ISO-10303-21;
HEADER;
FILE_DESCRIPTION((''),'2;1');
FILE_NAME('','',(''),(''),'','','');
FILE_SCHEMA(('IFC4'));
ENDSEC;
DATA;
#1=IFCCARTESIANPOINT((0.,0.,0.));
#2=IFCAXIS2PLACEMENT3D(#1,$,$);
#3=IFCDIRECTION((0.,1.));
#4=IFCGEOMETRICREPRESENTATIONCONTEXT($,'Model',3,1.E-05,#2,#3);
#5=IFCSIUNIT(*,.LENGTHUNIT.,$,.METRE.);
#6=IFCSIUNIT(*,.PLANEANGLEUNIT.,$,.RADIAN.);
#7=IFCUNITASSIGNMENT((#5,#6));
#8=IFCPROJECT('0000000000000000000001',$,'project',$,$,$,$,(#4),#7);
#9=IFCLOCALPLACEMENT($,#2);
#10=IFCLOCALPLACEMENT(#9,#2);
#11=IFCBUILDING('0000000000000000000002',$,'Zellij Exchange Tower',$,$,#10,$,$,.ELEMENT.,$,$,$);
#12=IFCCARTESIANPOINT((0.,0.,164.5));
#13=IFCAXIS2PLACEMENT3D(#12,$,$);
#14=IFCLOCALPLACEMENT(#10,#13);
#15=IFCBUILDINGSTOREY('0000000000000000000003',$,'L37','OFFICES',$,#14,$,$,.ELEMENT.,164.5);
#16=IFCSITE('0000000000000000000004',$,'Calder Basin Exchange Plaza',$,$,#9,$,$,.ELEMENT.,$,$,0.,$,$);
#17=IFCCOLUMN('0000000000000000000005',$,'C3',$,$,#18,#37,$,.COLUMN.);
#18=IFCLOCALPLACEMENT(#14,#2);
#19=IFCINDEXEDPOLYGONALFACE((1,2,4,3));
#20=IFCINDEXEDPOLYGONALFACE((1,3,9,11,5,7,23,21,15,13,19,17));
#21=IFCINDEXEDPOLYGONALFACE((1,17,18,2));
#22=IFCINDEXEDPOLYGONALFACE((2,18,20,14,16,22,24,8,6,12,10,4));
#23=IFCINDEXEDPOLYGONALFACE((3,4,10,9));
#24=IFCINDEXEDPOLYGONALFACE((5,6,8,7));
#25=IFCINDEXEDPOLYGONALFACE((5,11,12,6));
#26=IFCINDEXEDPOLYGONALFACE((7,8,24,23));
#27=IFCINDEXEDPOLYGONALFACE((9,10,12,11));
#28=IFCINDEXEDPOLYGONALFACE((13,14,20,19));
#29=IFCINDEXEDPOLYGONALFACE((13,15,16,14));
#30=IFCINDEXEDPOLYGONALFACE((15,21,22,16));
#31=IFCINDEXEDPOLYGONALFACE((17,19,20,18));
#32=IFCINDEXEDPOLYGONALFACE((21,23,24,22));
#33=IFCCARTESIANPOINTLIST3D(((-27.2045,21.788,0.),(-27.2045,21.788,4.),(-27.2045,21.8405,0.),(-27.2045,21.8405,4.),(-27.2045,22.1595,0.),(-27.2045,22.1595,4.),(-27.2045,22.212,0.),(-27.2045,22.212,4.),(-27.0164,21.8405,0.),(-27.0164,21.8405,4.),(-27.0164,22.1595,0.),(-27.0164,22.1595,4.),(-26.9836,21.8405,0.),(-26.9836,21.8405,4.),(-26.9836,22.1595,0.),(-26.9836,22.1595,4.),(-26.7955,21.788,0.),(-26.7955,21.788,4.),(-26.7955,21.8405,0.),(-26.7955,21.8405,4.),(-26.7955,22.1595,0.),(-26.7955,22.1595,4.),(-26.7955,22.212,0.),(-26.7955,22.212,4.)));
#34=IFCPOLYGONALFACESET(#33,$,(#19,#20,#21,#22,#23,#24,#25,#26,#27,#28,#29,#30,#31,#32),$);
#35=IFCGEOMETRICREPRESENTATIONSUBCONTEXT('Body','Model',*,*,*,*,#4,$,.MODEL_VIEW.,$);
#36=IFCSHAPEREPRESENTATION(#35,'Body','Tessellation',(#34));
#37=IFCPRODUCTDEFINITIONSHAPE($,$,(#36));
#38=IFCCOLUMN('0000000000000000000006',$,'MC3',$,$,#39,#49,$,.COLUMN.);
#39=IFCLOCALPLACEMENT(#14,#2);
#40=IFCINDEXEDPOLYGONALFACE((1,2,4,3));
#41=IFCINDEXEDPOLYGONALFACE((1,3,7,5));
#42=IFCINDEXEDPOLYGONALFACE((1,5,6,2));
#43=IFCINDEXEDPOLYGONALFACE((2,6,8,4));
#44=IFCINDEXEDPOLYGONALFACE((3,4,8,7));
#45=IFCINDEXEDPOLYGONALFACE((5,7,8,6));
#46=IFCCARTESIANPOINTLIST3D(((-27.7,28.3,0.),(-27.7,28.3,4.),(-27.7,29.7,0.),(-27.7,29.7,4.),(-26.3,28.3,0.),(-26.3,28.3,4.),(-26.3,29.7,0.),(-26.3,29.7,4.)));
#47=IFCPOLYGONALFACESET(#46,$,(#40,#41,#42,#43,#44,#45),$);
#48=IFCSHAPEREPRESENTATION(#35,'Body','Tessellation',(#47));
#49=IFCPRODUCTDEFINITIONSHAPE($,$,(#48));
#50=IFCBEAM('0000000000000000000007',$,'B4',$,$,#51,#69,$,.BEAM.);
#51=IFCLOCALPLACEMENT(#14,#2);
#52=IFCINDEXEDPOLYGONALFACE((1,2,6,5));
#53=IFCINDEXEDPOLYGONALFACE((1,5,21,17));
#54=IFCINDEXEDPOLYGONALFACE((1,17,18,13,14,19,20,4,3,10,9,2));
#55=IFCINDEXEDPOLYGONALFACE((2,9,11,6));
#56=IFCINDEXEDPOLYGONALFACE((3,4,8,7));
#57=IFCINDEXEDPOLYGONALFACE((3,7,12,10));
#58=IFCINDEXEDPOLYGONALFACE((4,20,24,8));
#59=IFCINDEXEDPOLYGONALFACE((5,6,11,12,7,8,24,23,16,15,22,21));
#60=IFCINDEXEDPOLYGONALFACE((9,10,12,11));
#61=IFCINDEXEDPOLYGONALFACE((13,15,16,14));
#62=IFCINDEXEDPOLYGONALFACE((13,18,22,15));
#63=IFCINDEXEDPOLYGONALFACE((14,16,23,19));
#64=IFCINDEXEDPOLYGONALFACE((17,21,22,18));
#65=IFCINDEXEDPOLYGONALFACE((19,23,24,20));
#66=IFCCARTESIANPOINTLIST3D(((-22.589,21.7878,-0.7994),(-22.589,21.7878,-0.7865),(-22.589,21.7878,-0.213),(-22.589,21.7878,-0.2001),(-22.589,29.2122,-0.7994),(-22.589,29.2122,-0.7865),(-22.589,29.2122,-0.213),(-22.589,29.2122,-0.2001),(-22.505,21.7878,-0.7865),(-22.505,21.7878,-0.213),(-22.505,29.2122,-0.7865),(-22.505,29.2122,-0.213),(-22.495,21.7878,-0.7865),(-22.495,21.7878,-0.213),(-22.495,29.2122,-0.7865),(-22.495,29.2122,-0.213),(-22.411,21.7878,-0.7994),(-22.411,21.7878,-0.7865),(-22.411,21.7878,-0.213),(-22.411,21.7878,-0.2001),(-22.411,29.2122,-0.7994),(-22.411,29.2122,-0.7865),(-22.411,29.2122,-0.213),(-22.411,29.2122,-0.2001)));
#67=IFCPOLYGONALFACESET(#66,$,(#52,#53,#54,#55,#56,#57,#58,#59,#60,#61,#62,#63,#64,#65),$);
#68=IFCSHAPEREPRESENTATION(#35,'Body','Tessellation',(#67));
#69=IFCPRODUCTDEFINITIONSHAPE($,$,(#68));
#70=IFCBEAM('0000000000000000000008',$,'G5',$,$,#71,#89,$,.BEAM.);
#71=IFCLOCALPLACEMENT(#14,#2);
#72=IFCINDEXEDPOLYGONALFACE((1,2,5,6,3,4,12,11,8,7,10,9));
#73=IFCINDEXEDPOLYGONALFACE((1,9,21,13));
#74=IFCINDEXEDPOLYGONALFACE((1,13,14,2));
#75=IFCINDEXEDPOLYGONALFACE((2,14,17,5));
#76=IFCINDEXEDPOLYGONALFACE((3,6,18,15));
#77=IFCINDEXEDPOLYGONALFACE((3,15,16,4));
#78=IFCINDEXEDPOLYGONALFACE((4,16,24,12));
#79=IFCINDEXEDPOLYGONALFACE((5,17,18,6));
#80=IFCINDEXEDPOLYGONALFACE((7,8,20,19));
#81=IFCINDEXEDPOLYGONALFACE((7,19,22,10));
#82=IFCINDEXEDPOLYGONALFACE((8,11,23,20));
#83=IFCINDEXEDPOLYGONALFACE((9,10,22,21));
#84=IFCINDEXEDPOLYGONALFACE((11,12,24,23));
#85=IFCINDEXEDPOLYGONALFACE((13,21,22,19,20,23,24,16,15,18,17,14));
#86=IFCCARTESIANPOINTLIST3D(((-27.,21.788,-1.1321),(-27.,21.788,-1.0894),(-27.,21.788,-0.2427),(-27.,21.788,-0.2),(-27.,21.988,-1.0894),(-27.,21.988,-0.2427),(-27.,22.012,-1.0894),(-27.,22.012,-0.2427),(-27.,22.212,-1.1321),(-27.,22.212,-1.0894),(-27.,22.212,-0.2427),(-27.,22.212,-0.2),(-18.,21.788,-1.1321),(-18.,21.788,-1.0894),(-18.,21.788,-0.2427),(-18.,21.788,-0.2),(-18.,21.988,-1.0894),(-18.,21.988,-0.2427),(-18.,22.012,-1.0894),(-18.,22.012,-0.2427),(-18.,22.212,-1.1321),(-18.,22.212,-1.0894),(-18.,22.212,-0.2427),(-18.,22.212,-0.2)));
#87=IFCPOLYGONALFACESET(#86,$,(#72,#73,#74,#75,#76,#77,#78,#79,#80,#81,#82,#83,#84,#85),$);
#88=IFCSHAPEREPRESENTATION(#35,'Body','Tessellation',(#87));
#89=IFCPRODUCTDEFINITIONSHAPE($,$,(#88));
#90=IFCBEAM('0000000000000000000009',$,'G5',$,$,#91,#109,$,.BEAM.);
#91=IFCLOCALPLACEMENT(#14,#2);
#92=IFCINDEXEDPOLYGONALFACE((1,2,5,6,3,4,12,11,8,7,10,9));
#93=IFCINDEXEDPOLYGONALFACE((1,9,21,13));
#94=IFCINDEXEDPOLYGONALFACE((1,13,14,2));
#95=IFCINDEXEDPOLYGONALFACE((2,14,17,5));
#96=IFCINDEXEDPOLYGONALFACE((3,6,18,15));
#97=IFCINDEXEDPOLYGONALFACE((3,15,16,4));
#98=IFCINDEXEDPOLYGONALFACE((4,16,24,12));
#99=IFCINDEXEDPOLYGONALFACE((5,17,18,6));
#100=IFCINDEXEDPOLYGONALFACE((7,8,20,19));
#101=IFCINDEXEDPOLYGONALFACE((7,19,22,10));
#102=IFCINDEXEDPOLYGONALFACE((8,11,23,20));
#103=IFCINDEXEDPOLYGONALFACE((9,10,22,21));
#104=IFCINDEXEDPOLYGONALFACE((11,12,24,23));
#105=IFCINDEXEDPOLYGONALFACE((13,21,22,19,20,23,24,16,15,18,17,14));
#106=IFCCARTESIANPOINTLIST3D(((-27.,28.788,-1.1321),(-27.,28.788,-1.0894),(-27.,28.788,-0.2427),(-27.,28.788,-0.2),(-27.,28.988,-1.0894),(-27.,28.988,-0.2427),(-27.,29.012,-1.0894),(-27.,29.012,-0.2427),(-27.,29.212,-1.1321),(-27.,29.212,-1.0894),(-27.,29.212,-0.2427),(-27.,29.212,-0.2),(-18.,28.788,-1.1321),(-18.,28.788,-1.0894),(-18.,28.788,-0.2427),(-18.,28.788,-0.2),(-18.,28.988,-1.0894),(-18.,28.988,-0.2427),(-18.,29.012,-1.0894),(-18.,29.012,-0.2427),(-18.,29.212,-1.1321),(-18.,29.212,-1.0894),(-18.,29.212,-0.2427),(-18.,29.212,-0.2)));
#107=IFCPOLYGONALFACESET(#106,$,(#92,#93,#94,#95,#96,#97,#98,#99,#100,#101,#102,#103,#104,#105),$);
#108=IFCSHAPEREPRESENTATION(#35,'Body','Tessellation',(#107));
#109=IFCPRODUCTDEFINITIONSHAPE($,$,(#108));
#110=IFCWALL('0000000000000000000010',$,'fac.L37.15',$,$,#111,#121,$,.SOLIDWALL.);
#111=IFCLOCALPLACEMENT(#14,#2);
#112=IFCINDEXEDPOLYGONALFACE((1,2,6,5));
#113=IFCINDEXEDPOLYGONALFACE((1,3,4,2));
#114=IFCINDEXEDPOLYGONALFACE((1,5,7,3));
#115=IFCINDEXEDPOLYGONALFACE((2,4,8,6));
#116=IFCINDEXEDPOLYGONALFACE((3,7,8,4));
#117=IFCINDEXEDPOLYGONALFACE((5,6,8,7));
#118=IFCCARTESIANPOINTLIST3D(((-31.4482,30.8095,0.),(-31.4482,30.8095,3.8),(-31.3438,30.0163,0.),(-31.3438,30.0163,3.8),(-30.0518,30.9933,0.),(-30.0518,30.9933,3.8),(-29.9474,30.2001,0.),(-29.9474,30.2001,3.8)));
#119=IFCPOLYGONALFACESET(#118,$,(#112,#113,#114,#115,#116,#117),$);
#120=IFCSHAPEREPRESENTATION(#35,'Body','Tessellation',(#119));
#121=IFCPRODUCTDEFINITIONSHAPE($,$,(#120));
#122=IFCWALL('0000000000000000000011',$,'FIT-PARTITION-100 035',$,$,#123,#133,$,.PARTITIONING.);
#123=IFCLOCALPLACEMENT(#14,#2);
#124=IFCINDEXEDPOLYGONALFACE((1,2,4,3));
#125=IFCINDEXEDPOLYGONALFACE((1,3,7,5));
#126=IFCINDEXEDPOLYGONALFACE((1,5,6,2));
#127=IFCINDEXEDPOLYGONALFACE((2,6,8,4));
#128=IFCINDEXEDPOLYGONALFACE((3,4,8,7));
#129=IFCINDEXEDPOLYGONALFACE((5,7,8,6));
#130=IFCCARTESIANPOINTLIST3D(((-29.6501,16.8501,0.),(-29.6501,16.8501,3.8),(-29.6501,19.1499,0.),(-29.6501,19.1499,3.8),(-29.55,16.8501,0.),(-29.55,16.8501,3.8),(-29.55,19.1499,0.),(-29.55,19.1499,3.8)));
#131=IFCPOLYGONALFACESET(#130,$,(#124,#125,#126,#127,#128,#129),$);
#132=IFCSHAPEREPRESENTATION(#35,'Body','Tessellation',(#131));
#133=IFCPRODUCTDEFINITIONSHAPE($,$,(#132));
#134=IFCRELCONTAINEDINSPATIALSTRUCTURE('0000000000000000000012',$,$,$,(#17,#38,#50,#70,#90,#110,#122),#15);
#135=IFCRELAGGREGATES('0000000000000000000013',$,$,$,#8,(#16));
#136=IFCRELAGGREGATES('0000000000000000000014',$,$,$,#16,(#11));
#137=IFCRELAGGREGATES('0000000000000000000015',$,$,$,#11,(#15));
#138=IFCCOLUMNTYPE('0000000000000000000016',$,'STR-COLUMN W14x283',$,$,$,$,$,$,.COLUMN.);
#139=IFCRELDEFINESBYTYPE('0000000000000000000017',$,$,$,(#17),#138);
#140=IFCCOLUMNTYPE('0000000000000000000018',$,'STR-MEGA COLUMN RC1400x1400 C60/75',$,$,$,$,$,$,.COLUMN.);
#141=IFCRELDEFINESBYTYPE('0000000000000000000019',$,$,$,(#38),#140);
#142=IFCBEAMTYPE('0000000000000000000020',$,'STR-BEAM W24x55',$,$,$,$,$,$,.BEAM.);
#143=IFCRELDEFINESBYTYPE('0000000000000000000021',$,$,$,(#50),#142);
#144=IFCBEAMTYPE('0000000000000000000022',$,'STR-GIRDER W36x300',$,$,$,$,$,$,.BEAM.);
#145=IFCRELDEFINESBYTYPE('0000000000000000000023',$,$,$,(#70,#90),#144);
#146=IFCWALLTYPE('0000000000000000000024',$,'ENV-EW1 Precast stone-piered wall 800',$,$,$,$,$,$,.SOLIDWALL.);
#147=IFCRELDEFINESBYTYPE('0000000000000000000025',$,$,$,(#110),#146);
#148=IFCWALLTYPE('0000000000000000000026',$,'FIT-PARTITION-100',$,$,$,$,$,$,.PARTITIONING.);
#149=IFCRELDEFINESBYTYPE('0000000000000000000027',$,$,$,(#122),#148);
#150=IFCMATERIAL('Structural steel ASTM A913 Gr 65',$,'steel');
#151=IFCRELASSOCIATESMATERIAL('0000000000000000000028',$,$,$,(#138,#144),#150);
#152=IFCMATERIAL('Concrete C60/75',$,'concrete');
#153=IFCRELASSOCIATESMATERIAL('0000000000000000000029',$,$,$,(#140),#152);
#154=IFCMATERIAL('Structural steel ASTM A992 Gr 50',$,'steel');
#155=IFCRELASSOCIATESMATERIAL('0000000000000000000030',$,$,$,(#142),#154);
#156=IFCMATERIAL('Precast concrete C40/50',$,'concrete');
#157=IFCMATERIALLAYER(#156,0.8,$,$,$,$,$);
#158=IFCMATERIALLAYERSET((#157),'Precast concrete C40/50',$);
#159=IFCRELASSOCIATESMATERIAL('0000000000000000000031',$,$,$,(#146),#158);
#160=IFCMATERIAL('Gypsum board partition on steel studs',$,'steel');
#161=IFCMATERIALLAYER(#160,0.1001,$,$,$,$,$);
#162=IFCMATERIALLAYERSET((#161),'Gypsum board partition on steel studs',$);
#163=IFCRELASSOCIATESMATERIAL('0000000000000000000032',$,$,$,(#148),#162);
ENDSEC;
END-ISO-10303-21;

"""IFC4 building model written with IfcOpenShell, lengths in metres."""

from ifc_helpers import new_model, si_unit, direction, frame, frame_2d, origin, origin_2d, place, context, subcontext, project, spatial, rectangle, i_section, extrude, material, layer, layer_set, material_profile, profile_set, type_object, element, save


model = new_model("IFC4")

# Units and contexts
model_context = context("Model", 3, precision=1e-05, world=origin(), true_north=direction((0.0, 1.0)))
body_context = subcontext(model_context, "Body", "Model", "MODEL_VIEW")
ifc_project = project(units=[si_unit("LENGTHUNIT", "METRE"), si_unit("PLANEANGLEUNIT", "RADIAN")], contexts=[model_context])

# Site, building, storey
site_placement = place(None, origin())
site = spatial("IfcSite", under=ifc_project, at=site_placement, Name="Calder Basin Exchange Plaza", CompositionType="ELEMENT", RefElevation=0.0)
building_placement = place(site_placement, origin())
building = spatial("IfcBuilding", under=site, at=building_placement, Name="Zellij Exchange Tower", CompositionType="ELEMENT")
storey_placement = place(building_placement, frame((0.0, 0.0, 164.5)))
storey = spatial("IfcBuildingStorey", under=building, at=storey_placement, Name="L37", Description="OFFICES", CompositionType="ELEMENT", Elevation=164.5)

# Columns
ifc_material_1 = material(Name="Structural steel ASTM A913 Gr 65", Category="steel")
ifc_material_profile_1 = material_profile(ifc_material_1, i_section(OverallWidth=0.4089, OverallDepth=0.4241, WebThickness=0.0327, FlangeThickness=0.0525, at=origin_2d()), Name="W14x283")
ifc_profile_set_1 = profile_set([ifc_material_profile_1], Name="Structural steel ASTM A913 Gr 65")
column_type_1 = type_object("IfcColumnType", Name="STR-COLUMN W14x283", PredefinedType="COLUMN", material=ifc_profile_set_1)
column_1_placement = place(storey_placement, frame((-27.0, 22.0, 0.0), z_axis=(0.0, 0.0, 1.0), x_axis=(1.0, 0.0, 0.0)))
element("IfcColumn", 1, at=column_1_placement, inside=storey, type_object=column_type_1, Name="C3", PredefinedType="COLUMN", context=body_context, shape_type="SweptSolid", body=[
    extrude(i_section(OverallWidth=0.4089, OverallDepth=0.4241, WebThickness=0.0327, FlangeThickness=0.0525, at=origin_2d()), origin(), (0.0, 0.0, 1.0), 4.0),
])
ifc_material_2 = material(Name="Concrete C60/75", Category="concrete")
ifc_material_profile_2 = material_profile(ifc_material_2, rectangle(XDim=1.3999, YDim=1.3999, at=origin_2d()), Name="STR-MEGA COLUMN RC1400x1400 C60/75")
ifc_profile_set_2 = profile_set([ifc_material_profile_2], Name="Concrete C60/75")
column_type_2 = type_object("IfcColumnType", Name="STR-MEGA COLUMN RC1400x1400 C60/75", PredefinedType="COLUMN", material=ifc_profile_set_2)
column_2_placement = place(storey_placement, frame((-27.0, 29.0, 0.0), z_axis=(0.0, 0.0, 1.0), x_axis=(1.0, 0.0, 0.0)))
element("IfcColumn", 2, at=column_2_placement, inside=storey, type_object=column_type_2, Name="MC3", PredefinedType="COLUMN", context=body_context, shape_type="SweptSolid", body=[
    extrude(rectangle(XDim=1.3999, YDim=1.3999, at=origin_2d()), origin(), (0.0, 0.0, 1.0), 4.0),
])

# Beams
ifc_material_3 = material(Name="Structural steel ASTM A992 Gr 50", Category="steel")
ifc_material_profile_3 = material_profile(ifc_material_3, i_section(OverallWidth=0.178, OverallDepth=0.5994, WebThickness=0.01, FlangeThickness=0.0129, at=origin_2d()), Name="W24x55")
ifc_profile_set_3 = profile_set([ifc_material_profile_3], Name="Structural steel ASTM A992 Gr 50")
beam_type_1 = type_object("IfcBeamType", Name="STR-BEAM W24x55", PredefinedType="BEAM", material=ifc_profile_set_3)
beam_placement = place(storey_placement, frame((-22.5, 21.7878, -0.4998), z_axis=(0.0, 1.0, 0.0), x_axis=(-1.0, 0.0, 0.0)))
element("IfcBeam", 3, at=beam_placement, inside=storey, type_object=beam_type_1, Name="B4", PredefinedType="BEAM", context=body_context, shape_type="SweptSolid", body=[
    extrude(i_section(OverallWidth=0.178, OverallDepth=0.5994, WebThickness=0.01, FlangeThickness=0.0129, at=origin_2d()), origin(), (0.0, 0.0, 1.0), 7.4243),
])
ifc_material_profile_4 = material_profile(ifc_material_1, i_section(OverallWidth=0.4241, OverallDepth=0.9321, WebThickness=0.0239, FlangeThickness=0.0427, at=origin_2d()), Name="W36x300")
ifc_profile_set_4 = profile_set([ifc_material_profile_4], Name="Structural steel ASTM A913 Gr 65")
beam_type_2 = type_object("IfcBeamType", Name="STR-GIRDER W36x300", PredefinedType="BEAM", material=ifc_profile_set_4)
for number, where, z_axis, x_axis, name in (
    (4, (-27.0, 22.0, -0.666), (1.0, 0.0, 0.0), (0.0, 1.0, 0.0), "G5"),
    (5, (-27.0, 29.0, -0.666), (1.0, 0.0, 0.0), (0.0, 1.0, 0.0), "G5"),
):
    element("IfcBeam", number, at=place(storey_placement, frame(where, z_axis=z_axis, x_axis=x_axis)), inside=storey, type_object=beam_type_2, Name=name, PredefinedType="BEAM", context=body_context, shape_type="SweptSolid", body=[
        extrude(i_section(OverallWidth=0.4241, OverallDepth=0.9321, WebThickness=0.0239, FlangeThickness=0.0427, at=origin_2d()), origin(), (0.0, 0.0, 1.0), 9.0),
    ])

# Walls
ifc_material_4 = material(Name="Precast concrete C40/50", Category="concrete")
ifc_layer_1 = layer(ifc_material_4, 0.8)
ifc_layer_set_1 = layer_set([ifc_layer_1], Name="Precast concrete C40/50")
wall_type_1 = type_object("IfcWallType", Name="ENV-EW1 Precast stone-piered wall 800", PredefinedType="SOLIDWALL", material=ifc_layer_set_1)
wall_1_placement = place(storey_placement, frame((-29.9998, 30.5967, 0.0), z_axis=(0.0, 0.0, 1.0), x_axis=(-0.991446, -0.130517, 0.0)))
element("IfcWall", 6, at=wall_1_placement, inside=storey, type_object=wall_type_1, Name="fac.L37.15", PredefinedType="SOLIDWALL", context=body_context, shape_type="SweptSolid", body=[
    extrude(rectangle(XDim=1.4084, YDim=0.8, at=frame_2d((0.7041, 0.0))), origin(), (0.0, 0.0, 1.0), 3.8),
])
ifc_material_5 = material(Name="Gypsum board partition on steel studs", Category="steel")
ifc_layer_2 = layer(ifc_material_5, 0.1001)
ifc_layer_set_2 = layer_set([ifc_layer_2], Name="Gypsum board partition on steel studs")
wall_type_2 = type_object("IfcWallType", Name="FIT-PARTITION-100", PredefinedType="PARTITIONING", material=ifc_layer_set_2)
wall_2_placement = place(storey_placement, frame((-29.6001, 16.8501, 0.0), z_axis=(0.0, 0.0, 1.0), x_axis=(0.0, 1.0, 0.0)))
element("IfcWall", 7, at=wall_2_placement, inside=storey, type_object=wall_type_2, Name="FIT-PARTITION-100 035", PredefinedType="PARTITIONING", context=body_context, shape_type="SweptSolid", body=[
    extrude(rectangle(XDim=2.2998, YDim=0.1001, at=frame_2d((1.1499, 0.0))), origin(), (0.0, 0.0, 1.0), 3.8),
])

save(model, "model.ifc")
